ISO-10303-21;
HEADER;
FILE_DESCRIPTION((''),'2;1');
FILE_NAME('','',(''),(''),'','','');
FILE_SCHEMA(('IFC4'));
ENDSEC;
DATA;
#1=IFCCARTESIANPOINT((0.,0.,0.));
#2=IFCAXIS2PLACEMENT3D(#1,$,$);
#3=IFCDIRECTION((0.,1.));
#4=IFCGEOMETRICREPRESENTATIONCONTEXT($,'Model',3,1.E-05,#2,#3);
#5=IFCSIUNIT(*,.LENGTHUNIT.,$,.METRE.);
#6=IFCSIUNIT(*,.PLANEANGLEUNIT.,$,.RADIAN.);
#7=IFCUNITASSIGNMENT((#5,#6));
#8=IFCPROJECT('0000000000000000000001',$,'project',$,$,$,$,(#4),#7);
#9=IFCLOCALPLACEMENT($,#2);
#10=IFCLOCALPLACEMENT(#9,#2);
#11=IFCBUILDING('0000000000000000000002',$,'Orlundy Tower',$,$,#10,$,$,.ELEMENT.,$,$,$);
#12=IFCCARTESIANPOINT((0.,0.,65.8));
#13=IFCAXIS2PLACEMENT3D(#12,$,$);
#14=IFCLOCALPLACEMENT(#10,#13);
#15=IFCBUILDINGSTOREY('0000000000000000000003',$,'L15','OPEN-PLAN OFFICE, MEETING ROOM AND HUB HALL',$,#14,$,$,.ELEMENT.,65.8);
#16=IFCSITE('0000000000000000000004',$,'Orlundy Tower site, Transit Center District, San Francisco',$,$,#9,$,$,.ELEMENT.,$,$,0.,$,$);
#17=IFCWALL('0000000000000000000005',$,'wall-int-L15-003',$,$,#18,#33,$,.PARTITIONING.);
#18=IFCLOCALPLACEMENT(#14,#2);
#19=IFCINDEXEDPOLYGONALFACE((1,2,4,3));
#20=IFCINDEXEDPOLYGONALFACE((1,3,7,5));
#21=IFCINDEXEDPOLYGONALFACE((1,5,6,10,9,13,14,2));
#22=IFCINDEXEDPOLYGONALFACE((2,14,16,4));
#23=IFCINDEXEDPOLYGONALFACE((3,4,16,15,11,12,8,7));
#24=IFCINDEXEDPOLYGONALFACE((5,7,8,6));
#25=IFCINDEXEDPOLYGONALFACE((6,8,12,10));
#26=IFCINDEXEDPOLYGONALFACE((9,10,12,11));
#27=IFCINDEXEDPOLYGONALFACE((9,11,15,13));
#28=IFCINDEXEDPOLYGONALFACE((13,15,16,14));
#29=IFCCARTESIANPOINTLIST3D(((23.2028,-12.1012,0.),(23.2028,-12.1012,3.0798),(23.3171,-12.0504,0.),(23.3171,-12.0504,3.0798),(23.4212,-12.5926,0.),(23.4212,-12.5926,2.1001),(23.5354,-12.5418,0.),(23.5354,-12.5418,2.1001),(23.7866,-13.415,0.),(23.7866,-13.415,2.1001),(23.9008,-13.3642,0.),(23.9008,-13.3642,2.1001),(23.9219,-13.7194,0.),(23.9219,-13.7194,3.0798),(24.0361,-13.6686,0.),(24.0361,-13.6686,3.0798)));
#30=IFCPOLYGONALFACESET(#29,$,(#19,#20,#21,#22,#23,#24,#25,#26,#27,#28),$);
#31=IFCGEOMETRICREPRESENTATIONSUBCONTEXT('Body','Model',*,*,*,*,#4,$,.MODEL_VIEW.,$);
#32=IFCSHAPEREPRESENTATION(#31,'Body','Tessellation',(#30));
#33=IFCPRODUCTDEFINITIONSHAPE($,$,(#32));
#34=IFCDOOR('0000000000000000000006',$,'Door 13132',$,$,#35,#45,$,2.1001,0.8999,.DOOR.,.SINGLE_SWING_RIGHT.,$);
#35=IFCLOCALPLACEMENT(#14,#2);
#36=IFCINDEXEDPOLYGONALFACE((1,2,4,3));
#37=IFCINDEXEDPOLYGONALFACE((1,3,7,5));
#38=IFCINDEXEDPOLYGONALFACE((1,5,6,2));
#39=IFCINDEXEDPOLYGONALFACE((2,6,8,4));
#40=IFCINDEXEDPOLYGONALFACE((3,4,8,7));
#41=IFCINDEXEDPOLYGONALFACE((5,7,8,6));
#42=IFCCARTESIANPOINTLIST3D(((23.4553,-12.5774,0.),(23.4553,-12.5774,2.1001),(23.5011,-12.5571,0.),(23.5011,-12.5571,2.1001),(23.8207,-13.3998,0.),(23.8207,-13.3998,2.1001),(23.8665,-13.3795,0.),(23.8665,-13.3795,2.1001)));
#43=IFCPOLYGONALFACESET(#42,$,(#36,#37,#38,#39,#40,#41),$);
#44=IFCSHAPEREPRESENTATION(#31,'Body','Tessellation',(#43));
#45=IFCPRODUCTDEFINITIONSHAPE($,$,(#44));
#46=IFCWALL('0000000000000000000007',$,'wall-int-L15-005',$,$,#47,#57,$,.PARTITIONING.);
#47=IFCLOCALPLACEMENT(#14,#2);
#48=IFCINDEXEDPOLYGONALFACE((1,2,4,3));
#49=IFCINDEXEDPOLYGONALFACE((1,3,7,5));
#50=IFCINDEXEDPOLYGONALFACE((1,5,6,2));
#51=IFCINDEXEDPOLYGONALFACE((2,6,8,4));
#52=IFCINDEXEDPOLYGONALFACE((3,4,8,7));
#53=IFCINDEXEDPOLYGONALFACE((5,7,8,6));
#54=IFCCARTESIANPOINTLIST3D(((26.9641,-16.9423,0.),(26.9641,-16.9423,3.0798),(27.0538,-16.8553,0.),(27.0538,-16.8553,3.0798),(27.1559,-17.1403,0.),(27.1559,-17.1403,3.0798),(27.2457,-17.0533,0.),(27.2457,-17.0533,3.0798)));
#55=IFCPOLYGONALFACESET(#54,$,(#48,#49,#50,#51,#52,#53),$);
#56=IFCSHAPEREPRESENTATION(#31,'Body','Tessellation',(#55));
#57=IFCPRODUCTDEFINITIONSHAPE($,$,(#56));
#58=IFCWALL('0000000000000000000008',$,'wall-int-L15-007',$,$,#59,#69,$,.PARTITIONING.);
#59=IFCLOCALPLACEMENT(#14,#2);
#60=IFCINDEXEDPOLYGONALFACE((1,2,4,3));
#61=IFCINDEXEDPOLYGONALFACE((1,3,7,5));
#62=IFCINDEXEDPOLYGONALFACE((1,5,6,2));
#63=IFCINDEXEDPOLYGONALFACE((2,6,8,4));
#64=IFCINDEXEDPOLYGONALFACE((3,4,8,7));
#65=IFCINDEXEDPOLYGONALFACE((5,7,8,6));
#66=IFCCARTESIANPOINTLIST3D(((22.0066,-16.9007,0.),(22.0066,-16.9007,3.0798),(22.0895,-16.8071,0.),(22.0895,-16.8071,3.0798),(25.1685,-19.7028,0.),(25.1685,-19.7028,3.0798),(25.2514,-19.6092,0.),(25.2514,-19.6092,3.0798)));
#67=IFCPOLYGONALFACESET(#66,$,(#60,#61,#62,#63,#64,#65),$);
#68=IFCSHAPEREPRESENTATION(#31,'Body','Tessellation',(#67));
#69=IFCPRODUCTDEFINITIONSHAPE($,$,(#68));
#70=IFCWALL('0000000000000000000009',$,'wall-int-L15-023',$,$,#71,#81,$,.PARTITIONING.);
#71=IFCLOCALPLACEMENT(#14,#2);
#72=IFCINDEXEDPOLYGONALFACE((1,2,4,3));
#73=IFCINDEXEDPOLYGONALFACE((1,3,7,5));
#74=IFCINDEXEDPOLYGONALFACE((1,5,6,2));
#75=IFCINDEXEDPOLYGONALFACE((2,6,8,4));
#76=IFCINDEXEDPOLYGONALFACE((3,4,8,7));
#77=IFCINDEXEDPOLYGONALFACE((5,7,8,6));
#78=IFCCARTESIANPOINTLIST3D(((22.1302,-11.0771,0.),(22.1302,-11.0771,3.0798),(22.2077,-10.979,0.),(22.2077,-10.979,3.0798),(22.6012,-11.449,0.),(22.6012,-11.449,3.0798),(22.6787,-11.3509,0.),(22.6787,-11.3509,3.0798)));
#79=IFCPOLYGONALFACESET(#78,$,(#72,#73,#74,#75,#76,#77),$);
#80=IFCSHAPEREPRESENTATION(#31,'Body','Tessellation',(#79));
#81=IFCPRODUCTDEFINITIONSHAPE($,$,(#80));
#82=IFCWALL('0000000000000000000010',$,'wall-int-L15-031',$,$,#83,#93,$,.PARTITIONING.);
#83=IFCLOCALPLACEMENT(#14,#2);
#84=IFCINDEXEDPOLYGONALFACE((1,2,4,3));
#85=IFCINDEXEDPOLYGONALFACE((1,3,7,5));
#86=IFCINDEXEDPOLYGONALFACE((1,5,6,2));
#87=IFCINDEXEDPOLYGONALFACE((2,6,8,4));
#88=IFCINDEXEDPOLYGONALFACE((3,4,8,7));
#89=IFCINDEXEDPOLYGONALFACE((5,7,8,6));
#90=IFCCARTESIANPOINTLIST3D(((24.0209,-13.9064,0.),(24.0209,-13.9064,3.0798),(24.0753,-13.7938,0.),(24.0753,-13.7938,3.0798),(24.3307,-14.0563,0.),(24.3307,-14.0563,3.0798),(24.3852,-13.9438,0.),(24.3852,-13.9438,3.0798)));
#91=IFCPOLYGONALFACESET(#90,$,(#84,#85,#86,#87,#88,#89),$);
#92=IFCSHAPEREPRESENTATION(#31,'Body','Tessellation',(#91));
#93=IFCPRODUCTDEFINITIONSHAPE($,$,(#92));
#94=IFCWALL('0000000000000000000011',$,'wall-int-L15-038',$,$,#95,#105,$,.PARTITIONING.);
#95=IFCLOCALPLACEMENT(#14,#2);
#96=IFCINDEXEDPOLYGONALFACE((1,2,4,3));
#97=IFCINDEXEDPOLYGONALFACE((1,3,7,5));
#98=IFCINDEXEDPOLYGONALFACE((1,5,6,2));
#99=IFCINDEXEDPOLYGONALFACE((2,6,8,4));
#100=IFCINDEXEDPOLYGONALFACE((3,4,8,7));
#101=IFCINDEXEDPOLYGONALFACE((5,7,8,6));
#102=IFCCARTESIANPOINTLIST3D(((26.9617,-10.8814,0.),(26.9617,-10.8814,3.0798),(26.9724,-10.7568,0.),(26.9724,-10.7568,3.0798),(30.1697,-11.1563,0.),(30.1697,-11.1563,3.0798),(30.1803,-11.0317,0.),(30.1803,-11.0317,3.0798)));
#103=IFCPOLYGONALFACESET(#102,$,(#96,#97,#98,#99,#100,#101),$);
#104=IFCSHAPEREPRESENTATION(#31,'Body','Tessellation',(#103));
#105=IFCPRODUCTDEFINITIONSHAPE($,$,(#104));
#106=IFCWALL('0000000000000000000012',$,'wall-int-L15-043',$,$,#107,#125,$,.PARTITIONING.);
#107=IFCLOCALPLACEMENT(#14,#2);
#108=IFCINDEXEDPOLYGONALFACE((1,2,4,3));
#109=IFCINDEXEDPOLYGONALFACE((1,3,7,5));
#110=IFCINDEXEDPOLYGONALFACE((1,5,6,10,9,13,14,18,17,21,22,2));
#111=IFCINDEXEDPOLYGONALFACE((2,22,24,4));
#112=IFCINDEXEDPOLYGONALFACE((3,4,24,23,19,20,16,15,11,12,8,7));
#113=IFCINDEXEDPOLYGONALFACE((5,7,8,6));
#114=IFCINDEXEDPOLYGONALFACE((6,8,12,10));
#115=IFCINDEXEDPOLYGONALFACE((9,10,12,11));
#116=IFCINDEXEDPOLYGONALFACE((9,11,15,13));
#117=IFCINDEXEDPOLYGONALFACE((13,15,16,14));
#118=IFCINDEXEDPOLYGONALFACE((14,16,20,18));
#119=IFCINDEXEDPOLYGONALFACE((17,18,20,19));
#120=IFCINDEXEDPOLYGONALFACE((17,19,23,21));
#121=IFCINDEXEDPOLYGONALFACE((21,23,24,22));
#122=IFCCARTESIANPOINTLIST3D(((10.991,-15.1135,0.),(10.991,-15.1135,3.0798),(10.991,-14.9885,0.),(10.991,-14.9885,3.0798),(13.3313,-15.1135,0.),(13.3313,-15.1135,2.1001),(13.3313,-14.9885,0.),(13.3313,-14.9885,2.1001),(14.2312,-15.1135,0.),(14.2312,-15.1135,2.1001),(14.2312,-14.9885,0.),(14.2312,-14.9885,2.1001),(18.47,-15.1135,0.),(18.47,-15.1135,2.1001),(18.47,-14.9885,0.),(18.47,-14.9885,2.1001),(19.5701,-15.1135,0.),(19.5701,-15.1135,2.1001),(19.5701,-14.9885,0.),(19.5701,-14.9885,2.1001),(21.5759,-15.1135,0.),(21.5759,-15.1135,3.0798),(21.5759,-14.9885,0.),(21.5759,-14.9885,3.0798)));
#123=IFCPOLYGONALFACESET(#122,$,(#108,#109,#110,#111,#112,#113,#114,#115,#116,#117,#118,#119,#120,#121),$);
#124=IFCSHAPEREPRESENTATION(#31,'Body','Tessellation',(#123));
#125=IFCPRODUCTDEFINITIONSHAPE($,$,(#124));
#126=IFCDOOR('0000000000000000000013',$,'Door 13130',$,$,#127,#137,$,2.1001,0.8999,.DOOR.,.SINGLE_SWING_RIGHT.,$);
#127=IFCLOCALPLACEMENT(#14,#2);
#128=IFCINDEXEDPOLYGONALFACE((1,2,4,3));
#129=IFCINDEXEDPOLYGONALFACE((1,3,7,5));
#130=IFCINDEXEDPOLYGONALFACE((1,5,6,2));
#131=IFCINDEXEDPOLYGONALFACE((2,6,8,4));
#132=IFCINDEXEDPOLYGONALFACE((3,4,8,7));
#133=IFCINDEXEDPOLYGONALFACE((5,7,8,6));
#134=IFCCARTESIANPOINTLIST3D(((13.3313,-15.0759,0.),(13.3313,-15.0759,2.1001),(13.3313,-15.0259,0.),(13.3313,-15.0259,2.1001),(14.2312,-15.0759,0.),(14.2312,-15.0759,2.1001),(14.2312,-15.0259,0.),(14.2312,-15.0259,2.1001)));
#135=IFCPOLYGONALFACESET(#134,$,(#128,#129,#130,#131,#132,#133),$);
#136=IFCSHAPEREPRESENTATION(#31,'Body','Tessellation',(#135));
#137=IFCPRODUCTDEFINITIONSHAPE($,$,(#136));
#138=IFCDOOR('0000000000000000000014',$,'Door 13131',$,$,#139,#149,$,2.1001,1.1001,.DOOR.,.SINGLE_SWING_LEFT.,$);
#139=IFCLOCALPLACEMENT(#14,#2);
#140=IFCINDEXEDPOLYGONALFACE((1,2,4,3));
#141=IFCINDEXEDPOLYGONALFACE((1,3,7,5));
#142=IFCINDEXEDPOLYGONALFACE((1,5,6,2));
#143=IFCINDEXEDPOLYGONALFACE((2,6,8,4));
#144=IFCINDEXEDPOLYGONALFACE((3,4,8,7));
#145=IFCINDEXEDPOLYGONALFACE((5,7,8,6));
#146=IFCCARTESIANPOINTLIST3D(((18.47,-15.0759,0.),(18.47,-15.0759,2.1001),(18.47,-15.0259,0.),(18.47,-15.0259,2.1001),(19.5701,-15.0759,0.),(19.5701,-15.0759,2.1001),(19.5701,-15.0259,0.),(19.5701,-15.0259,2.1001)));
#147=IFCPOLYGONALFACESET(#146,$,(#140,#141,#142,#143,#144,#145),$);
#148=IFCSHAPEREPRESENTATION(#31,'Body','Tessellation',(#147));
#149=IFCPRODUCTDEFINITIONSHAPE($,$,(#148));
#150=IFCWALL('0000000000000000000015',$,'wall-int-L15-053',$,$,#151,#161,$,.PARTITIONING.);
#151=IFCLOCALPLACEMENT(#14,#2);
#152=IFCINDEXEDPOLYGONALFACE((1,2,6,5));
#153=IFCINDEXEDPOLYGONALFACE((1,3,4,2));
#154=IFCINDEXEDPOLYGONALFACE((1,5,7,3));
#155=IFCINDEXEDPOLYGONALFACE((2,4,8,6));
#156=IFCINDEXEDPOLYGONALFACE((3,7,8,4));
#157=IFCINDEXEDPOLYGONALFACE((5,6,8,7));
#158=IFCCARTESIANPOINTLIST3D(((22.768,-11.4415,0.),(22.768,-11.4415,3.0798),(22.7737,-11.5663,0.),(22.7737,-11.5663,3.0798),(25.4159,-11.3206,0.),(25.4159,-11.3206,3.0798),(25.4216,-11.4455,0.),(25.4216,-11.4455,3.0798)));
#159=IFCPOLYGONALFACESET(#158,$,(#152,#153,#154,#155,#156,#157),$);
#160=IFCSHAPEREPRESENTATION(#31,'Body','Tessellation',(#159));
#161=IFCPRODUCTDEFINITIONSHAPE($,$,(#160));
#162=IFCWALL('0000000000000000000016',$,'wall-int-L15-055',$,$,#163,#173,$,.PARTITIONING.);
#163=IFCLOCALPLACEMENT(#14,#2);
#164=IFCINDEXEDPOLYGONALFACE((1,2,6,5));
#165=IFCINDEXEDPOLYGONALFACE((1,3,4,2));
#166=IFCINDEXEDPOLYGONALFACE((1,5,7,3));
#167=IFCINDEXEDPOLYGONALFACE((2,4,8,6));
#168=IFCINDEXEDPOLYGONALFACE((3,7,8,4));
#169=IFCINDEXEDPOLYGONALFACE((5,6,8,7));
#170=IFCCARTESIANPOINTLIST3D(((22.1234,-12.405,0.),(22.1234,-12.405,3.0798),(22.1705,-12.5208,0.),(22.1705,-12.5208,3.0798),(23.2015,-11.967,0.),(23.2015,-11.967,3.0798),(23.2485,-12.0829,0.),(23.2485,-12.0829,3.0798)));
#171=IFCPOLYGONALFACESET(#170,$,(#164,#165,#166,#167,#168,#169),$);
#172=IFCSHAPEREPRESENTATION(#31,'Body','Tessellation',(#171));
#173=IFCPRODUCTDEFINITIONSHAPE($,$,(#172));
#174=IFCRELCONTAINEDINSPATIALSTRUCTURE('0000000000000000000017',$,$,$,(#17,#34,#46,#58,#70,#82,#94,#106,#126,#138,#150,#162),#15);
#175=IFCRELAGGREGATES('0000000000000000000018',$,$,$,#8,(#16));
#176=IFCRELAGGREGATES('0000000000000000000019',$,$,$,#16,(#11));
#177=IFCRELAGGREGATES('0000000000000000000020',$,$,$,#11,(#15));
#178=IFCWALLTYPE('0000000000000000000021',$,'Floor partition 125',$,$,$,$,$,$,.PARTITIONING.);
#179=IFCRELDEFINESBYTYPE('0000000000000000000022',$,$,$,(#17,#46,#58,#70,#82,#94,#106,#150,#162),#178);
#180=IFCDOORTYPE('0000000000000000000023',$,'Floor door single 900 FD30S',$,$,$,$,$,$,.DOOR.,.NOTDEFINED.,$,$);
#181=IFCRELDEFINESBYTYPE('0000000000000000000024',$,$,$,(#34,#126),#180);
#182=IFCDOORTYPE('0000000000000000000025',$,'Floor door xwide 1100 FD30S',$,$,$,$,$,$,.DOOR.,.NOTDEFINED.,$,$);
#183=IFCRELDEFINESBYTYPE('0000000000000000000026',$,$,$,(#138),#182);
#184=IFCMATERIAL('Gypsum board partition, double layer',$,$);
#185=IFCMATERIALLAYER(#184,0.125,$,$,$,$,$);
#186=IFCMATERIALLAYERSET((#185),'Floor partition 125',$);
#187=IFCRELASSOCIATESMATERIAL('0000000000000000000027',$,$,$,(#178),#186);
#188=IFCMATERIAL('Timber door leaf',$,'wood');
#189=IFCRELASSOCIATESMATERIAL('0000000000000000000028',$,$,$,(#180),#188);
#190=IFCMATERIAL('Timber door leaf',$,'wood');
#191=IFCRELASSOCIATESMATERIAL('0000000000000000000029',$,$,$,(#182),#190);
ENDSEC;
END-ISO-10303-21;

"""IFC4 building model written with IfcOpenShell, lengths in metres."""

from ifc_helpers import new_model, si_unit, direction, frame, frame_2d, origin, place, context, subcontext, project, spatial, rectangle, extrude, material, layer, layer_set, type_object, element, fill, save


model = new_model("IFC4")

# Units and contexts
model_context = context("Model", 3, precision=1e-05, world=origin(), true_north=direction((0.0, 1.0)))
body_context = subcontext(model_context, "Body", "Model", "MODEL_VIEW")
ifc_project = project(units=[si_unit("LENGTHUNIT", "METRE"), si_unit("PLANEANGLEUNIT", "RADIAN")], contexts=[model_context])

# Site, building, storey
site_placement = place(None, origin())
site = spatial("IfcSite", under=ifc_project, at=site_placement, Name="Orlundy Tower site, Transit Center District, San Francisco", CompositionType="ELEMENT", RefElevation=0.0)
building_placement = place(site_placement, origin())
building = spatial("IfcBuilding", under=site, at=building_placement, Name="Orlundy Tower", CompositionType="ELEMENT")
storey_placement = place(building_placement, frame((0.0, 0.0, 65.8)))
storey = spatial("IfcBuildingStorey", under=building, at=storey_placement, Name="L15", Description="OPEN-PLAN OFFICE, MEETING ROOM AND HUB HALL", CompositionType="ELEMENT", Elevation=65.8)

# Shared definitions
ifc_material_1 = material(Name="Gypsum board partition, double layer")
ifc_layer_1 = layer(ifc_material_1, 0.125)
ifc_layer_set_1 = layer_set([ifc_layer_1], Name="Floor partition 125")
wall_type_1 = type_object("IfcWallType", Name="Floor partition 125", PredefinedType="PARTITIONING", material=ifc_layer_set_1)

# Wall, opening, door
wall_1_placement = place(storey_placement, frame((23.26, -12.0759, 0.0), z_axis=(0.0, 0.0, 1.0), x_axis=(0.406049, -0.913851, 0.0)))
wall_1 = element("IfcWall", 1, at=wall_1_placement, inside=storey, type_object=wall_type_1, Name="wall-int-L15-003", PredefinedType="PARTITIONING", context=body_context, shape_type="SweptSolid", body=[
    extrude(rectangle(XDim=1.7708, YDim=0.125, at=frame_2d((0.8853, 0.0))), origin(), (0.0, 0.0, 1.0), 3.0798),
])
opening_1_placement = place(wall_1_placement, frame((0.5376, 0.0, 0.0)))
opening_1 = element("IfcOpeningElement", 2, at=opening_1_placement, cuts=wall_1, PredefinedType="OPENING", context=body_context, shape_type="SweptSolid", body=[
    extrude(rectangle(XDim=0.8999, YDim=2.1001, at=frame_2d((0.45, 1.05))), frame((0.0, 0.0725, 0.0), z_axis=(0.0, -1.0, 0.0), x_axis=(1.0, 0.0, 0.0)), (0.0, 0.0, 1.0), 0.145),
])
ifc_material_2 = material(Name="Timber door leaf", Category="wood")
door_type_1 = type_object("IfcDoorType", Name="Floor door single 900 FD30S", OperationType="NOTDEFINED", PredefinedType="DOOR", material=ifc_material_2)
door_1_placement = place(opening_1_placement, origin())
door_1 = element("IfcDoor", 3, at=door_1_placement, inside=storey, type_object=door_type_1, Name="Door 13132", OperationType="SINGLE_SWING_RIGHT", OverallHeight=2.1001, OverallWidth=0.8999, PredefinedType="DOOR", context=body_context, shape_type="SweptSolid", body=[
    extrude(rectangle(XDim=0.8999, YDim=2.1001, at=frame_2d((0.45, 1.05))), frame((0.0, 0.0249, 0.0), z_axis=(0.0, -1.0, 0.0), x_axis=(1.0, 0.0, 0.0)), (0.0, 0.0, 1.0), 0.05),
])
fill(opening_1, door_1)

# Walls
wall_2_placement = place(storey_placement, frame((27.009, -16.8989, 0.0), z_axis=(0.0, 0.0, 1.0), x_axis=(0.695952, -0.718088, 0.0)))
element("IfcWall", 4, at=wall_2_placement, inside=storey, type_object=wall_type_1, Name="wall-int-L15-005", PredefinedType="PARTITIONING", context=body_context, shape_type="SweptSolid", body=[
    extrude(rectangle(XDim=0.2756, YDim=0.125, at=frame_2d((0.1377, 0.0))), origin(), (0.0, 0.0, 1.0), 3.0798),
])
wall_3_placement = place(storey_placement, frame((22.0481, -16.854, 0.0), z_axis=(0.0, 0.0, 1.0), x_axis=(0.748413, -0.663233, 0.0)))
element("IfcWall", 5, at=wall_3_placement, inside=storey, type_object=wall_type_1, Name="wall-int-L15-007", PredefinedType="PARTITIONING", context=body_context, shape_type="SweptSolid", body=[
    extrude(rectangle(XDim=4.2249, YDim=0.125, at=frame_2d((2.1123, 0.0))), origin(), (0.0, 0.0, 1.0), 3.0798),
])
wall_4_placement = place(storey_placement, frame((22.1689, -11.0281, 0.0), z_axis=(0.0, 0.0, 1.0), x_axis=(0.784862, -0.619671, 0.0)))
element("IfcWall", 6, at=wall_4_placement, inside=storey, type_object=wall_type_1, Name="wall-int-L15-023", PredefinedType="PARTITIONING", context=body_context, shape_type="SweptSolid", body=[
    extrude(rectangle(XDim=0.6001, YDim=0.125, at=frame_2d((0.3, 0.0))), origin(), (0.0, 0.0, 1.0), 3.0798),
])
wall_5_placement = place(storey_placement, frame((24.0481, -13.8501, 0.0), z_axis=(0.0, 0.0, 1.0), x_axis=(0.900168, -0.435542, 0.0)))
element("IfcWall", 7, at=wall_5_placement, inside=storey, type_object=wall_type_1, Name="wall-int-L15-031", PredefinedType="PARTITIONING", context=body_context, shape_type="SweptSolid", body=[
    extrude(rectangle(XDim=0.3442, YDim=0.125, at=frame_2d((0.1721, 0.0))), origin(), (0.0, 0.0, 1.0), 3.0798),
])
wall_6_placement = place(storey_placement, frame((26.967, -10.8191, 0.0), z_axis=(0.0, 0.0, 1.0), x_axis=(0.996348, -0.08538, 0.0)))
element("IfcWall", 8, at=wall_6_placement, inside=storey, type_object=wall_type_1, Name="wall-int-L15-038", PredefinedType="PARTITIONING", context=body_context, shape_type="SweptSolid", body=[
    extrude(rectangle(XDim=3.2197, YDim=0.125, at=frame_2d((1.6099, 0.0))), origin(), (0.0, 0.0, 1.0), 3.0798),
])

# Wall, openings, doors
wall_7_placement = place(storey_placement, frame((21.5759, -15.051, 0.0), z_axis=(0.0, 0.0, 1.0), x_axis=(-1.0, 0.0, 0.0)))
wall_7 = element("IfcWall", 9, at=wall_7_placement, inside=storey, type_object=wall_type_1, Name="wall-int-L15-043", PredefinedType="PARTITIONING", context=body_context, shape_type="SweptSolid", body=[
    extrude(rectangle(XDim=10.585, YDim=0.125, at=frame_2d((5.2925, 0.0))), origin(), (0.0, 0.0, 1.0), 3.0798),
])
opening_2_placement = place(wall_7_placement, frame((7.3447, 0.0, 0.0)))
opening_2 = element("IfcOpeningElement", 10, at=opening_2_placement, cuts=wall_7, PredefinedType="OPENING", context=body_context, shape_type="SweptSolid", body=[
    extrude(rectangle(XDim=0.8999, YDim=2.1001, at=frame_2d((0.45, 1.05))), frame((0.0, 0.0725, 0.0), z_axis=(0.0, -1.0, 0.0), x_axis=(1.0, 0.0, 0.0)), (0.0, 0.0, 1.0), 0.145),
])
opening_3_placement = place(wall_7_placement, frame((2.0059, 0.0, 0.0)))
opening_3 = element("IfcOpeningElement", 11, at=opening_3_placement, cuts=wall_7, PredefinedType="OPENING", context=body_context, shape_type="SweptSolid", body=[
    extrude(rectangle(XDim=1.1001, YDim=2.1001, at=frame_2d((0.55, 1.05))), frame((0.0, 0.0725, 0.0), z_axis=(0.0, -1.0, 0.0), x_axis=(1.0, 0.0, 0.0)), (0.0, 0.0, 1.0), 0.145),
])
door_2_placement = place(opening_2_placement, origin())
door_2 = element("IfcDoor", 12, at=door_2_placement, inside=storey, type_object=door_type_1, Name="Door 13130", OperationType="SINGLE_SWING_RIGHT", OverallHeight=2.1001, OverallWidth=0.8999, PredefinedType="DOOR", context=body_context, shape_type="SweptSolid", body=[
    extrude(rectangle(XDim=0.8999, YDim=2.1001, at=frame_2d((0.45, 1.05))), frame((0.0, 0.0249, 0.0), z_axis=(0.0, -1.0, 0.0), x_axis=(1.0, 0.0, 0.0)), (0.0, 0.0, 1.0), 0.05),
])
fill(opening_2, door_2)
ifc_material_3 = material(Name="Timber door leaf", Category="wood")
door_type_2 = type_object("IfcDoorType", Name="Floor door xwide 1100 FD30S", OperationType="NOTDEFINED", PredefinedType="DOOR", material=ifc_material_3)
door_3_placement = place(opening_3_placement, origin())
door_3 = element("IfcDoor", 13, at=door_3_placement, inside=storey, type_object=door_type_2, Name="Door 13131", OperationType="SINGLE_SWING_LEFT", OverallHeight=2.1001, OverallWidth=1.1001, PredefinedType="DOOR", context=body_context, shape_type="SweptSolid", body=[
    extrude(rectangle(XDim=1.1001, YDim=2.1001, at=frame_2d((0.55, 1.05))), frame((0.0, 0.0249, 0.0), z_axis=(0.0, -1.0, 0.0), x_axis=(1.0, 0.0, 0.0)), (0.0, 0.0, 1.0), 0.05),
])
fill(opening_3, door_3)

# Walls
wall_8_placement = place(storey_placement, frame((22.771, -11.5039, 0.0), z_axis=(0.0, 0.0, 1.0), x_axis=(0.99896, 0.045591, 0.0)))
element("IfcWall", 14, at=wall_8_placement, inside=storey, type_object=wall_type_1, Name="wall-int-L15-053", PredefinedType="PARTITIONING", context=body_context, shape_type="SweptSolid", body=[
    extrude(rectangle(XDim=2.6506, YDim=0.125, at=frame_2d((1.3252, 0.0))), origin(), (0.0, 0.0, 1.0), 3.0798),
])
wall_9_placement = place(storey_placement, frame((22.147, -12.4629, 0.0), z_axis=(0.0, 0.0, 1.0), x_axis=(0.926467, 0.376377, 0.0)))
element("IfcWall", 15, at=wall_9_placement, inside=storey, type_object=wall_type_1, Name="wall-int-L15-055", PredefinedType="PARTITIONING", context=body_context, shape_type="SweptSolid", body=[
    extrude(rectangle(XDim=1.1636, YDim=0.125, at=frame_2d((0.5818, 0.0))), origin(), (0.0, 0.0, 1.0), 3.0798),
])

save(model, "model.ifc")
